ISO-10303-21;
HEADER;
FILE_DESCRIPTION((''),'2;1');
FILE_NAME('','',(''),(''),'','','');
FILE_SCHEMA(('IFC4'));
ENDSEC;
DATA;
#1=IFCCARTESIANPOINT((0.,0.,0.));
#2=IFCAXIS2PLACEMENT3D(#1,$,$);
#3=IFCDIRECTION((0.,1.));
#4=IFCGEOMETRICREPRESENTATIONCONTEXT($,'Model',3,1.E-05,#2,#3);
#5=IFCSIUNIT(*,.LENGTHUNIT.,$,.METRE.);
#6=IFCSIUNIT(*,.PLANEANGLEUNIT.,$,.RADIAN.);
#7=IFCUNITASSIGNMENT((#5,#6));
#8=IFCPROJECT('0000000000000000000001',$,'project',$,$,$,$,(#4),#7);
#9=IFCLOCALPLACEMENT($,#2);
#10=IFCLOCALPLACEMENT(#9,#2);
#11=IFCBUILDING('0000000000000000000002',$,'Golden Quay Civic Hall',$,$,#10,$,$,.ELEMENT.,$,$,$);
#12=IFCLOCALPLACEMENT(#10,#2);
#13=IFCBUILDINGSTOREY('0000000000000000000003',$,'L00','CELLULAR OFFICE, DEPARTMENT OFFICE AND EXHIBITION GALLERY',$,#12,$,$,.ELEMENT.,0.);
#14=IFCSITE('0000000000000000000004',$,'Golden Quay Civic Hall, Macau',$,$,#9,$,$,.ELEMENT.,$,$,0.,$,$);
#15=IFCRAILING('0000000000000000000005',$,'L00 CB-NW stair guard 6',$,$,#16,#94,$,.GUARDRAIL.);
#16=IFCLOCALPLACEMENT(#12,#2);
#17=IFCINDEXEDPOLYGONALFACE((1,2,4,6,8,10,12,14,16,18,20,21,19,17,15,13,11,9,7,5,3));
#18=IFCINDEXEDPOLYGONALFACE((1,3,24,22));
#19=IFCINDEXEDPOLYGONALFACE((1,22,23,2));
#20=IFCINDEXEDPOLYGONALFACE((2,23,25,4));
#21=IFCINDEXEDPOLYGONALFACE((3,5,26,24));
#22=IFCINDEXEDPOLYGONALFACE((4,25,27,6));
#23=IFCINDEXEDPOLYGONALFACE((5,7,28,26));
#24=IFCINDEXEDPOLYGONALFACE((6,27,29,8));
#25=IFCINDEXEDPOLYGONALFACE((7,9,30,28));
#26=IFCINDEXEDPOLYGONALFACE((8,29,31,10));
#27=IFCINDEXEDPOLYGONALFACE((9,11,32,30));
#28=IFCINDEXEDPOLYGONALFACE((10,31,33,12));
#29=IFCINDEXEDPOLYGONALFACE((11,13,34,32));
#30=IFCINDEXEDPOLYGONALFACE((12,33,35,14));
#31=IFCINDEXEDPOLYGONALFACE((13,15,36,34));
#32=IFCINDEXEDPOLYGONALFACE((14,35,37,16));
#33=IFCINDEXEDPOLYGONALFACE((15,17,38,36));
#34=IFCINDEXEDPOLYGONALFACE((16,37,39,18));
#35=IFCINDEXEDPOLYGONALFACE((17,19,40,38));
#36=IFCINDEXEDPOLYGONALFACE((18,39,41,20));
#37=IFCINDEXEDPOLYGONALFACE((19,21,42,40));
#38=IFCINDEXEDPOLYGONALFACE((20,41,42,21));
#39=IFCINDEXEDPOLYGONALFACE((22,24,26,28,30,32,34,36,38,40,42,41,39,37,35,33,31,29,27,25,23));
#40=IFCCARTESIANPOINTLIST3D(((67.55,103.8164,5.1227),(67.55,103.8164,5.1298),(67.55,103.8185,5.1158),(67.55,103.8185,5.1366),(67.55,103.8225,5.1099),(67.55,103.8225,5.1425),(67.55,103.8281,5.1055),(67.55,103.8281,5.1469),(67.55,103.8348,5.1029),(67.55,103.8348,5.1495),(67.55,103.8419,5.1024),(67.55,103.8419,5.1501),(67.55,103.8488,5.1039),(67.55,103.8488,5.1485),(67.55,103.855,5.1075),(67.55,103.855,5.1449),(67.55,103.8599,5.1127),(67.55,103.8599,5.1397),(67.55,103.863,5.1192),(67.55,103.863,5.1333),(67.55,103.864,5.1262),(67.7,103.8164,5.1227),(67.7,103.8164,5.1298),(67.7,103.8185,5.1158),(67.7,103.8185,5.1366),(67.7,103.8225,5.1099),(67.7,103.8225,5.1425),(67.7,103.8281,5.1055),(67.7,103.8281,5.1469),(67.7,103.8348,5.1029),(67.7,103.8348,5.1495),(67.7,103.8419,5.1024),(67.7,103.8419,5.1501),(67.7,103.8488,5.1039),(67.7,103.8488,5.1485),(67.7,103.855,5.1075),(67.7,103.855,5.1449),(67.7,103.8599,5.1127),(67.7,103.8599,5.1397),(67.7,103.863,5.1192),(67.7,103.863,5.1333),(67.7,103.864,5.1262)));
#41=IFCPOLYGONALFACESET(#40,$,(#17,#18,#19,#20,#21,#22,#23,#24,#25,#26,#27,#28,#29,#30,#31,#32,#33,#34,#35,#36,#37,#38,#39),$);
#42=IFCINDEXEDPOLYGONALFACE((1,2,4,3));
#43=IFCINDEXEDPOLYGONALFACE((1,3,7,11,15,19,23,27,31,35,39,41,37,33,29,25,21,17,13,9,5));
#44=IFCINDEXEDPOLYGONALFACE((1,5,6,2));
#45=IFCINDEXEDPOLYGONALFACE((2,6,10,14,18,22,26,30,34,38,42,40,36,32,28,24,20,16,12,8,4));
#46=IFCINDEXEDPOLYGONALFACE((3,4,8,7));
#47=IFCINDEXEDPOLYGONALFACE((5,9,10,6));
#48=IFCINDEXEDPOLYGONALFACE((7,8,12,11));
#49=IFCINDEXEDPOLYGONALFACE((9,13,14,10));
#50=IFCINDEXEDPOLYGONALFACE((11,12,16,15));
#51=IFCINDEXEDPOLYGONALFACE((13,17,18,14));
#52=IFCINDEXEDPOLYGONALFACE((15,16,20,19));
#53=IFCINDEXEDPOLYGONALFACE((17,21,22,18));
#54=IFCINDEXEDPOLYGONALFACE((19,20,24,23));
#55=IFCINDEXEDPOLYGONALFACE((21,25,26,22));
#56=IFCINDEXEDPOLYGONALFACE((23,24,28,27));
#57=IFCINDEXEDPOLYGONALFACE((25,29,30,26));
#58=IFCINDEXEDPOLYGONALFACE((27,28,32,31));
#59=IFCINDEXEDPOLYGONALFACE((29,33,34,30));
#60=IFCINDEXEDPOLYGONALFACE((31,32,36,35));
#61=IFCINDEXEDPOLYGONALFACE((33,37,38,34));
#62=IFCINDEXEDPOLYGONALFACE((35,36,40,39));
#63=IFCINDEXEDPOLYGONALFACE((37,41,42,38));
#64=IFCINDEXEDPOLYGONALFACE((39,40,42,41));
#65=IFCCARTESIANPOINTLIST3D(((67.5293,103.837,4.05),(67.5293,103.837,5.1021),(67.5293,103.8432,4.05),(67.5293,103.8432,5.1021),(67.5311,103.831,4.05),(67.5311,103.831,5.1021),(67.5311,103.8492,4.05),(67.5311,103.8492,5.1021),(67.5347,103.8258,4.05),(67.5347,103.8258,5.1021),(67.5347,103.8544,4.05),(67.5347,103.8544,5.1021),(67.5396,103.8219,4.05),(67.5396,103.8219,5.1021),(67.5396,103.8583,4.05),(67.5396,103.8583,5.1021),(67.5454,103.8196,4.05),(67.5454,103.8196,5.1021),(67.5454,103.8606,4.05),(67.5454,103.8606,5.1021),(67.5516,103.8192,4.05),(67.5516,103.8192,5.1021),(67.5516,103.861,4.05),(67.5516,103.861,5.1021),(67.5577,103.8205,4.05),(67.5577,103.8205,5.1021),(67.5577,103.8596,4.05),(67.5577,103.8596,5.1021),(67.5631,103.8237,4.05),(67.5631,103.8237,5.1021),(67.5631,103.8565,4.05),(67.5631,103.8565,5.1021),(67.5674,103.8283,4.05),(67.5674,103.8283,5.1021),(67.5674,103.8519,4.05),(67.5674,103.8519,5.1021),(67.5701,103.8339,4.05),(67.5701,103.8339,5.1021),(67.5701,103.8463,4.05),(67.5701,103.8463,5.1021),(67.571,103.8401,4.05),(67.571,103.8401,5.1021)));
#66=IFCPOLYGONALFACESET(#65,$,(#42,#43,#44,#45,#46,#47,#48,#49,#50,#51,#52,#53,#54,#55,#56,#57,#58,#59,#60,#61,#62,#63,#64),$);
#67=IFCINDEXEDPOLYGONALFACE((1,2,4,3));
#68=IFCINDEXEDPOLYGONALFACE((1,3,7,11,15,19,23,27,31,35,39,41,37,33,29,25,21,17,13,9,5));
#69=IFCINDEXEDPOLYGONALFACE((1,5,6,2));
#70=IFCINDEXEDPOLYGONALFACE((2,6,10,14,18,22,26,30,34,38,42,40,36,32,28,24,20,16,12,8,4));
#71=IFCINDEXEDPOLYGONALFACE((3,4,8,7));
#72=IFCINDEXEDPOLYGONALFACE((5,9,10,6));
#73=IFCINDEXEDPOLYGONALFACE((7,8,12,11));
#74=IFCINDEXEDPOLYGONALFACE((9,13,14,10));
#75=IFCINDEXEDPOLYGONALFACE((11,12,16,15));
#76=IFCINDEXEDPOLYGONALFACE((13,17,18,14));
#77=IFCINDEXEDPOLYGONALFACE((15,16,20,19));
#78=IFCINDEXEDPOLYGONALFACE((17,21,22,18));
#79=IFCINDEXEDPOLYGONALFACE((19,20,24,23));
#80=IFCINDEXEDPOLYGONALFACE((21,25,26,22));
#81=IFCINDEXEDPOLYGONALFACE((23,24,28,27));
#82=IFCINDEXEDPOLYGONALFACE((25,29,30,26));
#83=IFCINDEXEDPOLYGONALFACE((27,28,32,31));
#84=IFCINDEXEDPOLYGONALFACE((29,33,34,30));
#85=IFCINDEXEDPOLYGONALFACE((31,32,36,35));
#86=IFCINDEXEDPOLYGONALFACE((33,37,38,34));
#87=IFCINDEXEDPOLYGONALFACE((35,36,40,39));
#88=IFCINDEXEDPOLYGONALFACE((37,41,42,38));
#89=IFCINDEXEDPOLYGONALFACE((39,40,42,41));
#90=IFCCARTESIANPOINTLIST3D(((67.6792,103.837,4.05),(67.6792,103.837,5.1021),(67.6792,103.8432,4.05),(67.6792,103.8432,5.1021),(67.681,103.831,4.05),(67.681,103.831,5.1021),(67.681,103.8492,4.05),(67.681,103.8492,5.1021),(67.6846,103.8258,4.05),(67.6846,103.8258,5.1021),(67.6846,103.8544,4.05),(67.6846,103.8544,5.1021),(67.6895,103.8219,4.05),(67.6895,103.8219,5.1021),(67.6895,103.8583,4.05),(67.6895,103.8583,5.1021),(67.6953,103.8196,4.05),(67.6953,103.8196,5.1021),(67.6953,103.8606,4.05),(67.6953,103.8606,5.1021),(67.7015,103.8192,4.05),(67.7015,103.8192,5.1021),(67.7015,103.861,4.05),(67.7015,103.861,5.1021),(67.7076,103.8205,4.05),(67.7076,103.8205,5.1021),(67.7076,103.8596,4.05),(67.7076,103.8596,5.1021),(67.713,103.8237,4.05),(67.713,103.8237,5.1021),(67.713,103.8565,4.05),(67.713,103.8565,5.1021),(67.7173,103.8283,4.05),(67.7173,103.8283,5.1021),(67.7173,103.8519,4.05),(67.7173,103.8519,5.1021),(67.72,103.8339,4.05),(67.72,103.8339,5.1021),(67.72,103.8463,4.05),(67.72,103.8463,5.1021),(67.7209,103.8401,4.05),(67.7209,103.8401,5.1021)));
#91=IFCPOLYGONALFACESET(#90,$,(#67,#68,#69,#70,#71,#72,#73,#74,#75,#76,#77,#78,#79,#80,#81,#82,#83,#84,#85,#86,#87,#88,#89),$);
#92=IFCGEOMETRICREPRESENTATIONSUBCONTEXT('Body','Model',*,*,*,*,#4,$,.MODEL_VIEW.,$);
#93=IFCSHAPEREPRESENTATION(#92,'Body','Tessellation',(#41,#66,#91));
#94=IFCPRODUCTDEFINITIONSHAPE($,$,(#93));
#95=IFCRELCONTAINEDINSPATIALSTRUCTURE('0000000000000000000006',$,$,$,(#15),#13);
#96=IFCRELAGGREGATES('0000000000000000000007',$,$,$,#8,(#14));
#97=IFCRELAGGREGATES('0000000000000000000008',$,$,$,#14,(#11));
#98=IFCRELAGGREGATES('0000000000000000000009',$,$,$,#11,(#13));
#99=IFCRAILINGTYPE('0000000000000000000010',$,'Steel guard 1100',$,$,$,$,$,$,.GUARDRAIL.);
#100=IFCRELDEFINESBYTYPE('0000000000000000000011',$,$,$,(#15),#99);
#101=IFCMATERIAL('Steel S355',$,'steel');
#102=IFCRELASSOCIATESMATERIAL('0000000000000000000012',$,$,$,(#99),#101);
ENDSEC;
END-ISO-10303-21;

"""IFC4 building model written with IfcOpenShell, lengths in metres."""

from ifc_helpers import new_model, si_unit, direction, frame, origin, origin_2d, place, context, subcontext, project, spatial, circle, extrude, material, type_object, element, save


model = new_model("IFC4")

# Units and contexts
model_context = context("Model", 3, precision=1e-05, world=origin(), true_north=direction((0.0, 1.0)))
body_context = subcontext(model_context, "Body", "Model", "MODEL_VIEW")
ifc_project = project(units=[si_unit("LENGTHUNIT", "METRE"), si_unit("PLANEANGLEUNIT", "RADIAN")], contexts=[model_context])

# Site, building, storey
site_placement = place(None, origin())
site = spatial("IfcSite", under=ifc_project, at=site_placement, Name="Golden Quay Civic Hall, Macau", CompositionType="ELEMENT", RefElevation=0.0)
building_placement = place(site_placement, origin())
building = spatial("IfcBuilding", under=site, at=building_placement, Name="Golden Quay Civic Hall", CompositionType="ELEMENT")
storey_placement = place(building_placement, origin())
storey = spatial("IfcBuildingStorey", under=building, at=storey_placement, Name="L00", Description="CELLULAR OFFICE, DEPARTMENT OFFICE AND EXHIBITION GALLERY", CompositionType="ELEMENT", Elevation=0.0)

# Railing
ifc_material_1 = material(Name="Steel S355", Category="steel")
railing_type_1 = type_object("IfcRailingType", Name="Steel guard 1100", PredefinedType="GUARDRAIL", material=ifc_material_1)
railing_1_placement = place(storey_placement, frame((67.55, 103.8401, 4.05)))
element("IfcRailing", 1, at=railing_1_placement, inside=storey, type_object=railing_type_1, Name="L00 CB-NW stair guard 6", PredefinedType="GUARDRAIL", context=body_context, shape_type="SweptSolid", body=[
    extrude(circle(Radius=0.0239, at=origin_2d()), frame((0.0, 0.0, 1.0762), z_axis=(1.0, 0.0, 0.0), x_axis=(0.0, 1.0, 0.0)), (0.0, 0.0, 1.0), 0.1499),
    extrude(circle(Radius=0.021, at=origin_2d()), origin(), (0.0, 0.0, 1.0), 1.052),
    extrude(circle(Radius=0.021, at=origin_2d()), frame((0.1499, 0.0, 0.0)), (0.0, 0.0, 1.0), 1.052),
])

save(model, "model.ifc")
